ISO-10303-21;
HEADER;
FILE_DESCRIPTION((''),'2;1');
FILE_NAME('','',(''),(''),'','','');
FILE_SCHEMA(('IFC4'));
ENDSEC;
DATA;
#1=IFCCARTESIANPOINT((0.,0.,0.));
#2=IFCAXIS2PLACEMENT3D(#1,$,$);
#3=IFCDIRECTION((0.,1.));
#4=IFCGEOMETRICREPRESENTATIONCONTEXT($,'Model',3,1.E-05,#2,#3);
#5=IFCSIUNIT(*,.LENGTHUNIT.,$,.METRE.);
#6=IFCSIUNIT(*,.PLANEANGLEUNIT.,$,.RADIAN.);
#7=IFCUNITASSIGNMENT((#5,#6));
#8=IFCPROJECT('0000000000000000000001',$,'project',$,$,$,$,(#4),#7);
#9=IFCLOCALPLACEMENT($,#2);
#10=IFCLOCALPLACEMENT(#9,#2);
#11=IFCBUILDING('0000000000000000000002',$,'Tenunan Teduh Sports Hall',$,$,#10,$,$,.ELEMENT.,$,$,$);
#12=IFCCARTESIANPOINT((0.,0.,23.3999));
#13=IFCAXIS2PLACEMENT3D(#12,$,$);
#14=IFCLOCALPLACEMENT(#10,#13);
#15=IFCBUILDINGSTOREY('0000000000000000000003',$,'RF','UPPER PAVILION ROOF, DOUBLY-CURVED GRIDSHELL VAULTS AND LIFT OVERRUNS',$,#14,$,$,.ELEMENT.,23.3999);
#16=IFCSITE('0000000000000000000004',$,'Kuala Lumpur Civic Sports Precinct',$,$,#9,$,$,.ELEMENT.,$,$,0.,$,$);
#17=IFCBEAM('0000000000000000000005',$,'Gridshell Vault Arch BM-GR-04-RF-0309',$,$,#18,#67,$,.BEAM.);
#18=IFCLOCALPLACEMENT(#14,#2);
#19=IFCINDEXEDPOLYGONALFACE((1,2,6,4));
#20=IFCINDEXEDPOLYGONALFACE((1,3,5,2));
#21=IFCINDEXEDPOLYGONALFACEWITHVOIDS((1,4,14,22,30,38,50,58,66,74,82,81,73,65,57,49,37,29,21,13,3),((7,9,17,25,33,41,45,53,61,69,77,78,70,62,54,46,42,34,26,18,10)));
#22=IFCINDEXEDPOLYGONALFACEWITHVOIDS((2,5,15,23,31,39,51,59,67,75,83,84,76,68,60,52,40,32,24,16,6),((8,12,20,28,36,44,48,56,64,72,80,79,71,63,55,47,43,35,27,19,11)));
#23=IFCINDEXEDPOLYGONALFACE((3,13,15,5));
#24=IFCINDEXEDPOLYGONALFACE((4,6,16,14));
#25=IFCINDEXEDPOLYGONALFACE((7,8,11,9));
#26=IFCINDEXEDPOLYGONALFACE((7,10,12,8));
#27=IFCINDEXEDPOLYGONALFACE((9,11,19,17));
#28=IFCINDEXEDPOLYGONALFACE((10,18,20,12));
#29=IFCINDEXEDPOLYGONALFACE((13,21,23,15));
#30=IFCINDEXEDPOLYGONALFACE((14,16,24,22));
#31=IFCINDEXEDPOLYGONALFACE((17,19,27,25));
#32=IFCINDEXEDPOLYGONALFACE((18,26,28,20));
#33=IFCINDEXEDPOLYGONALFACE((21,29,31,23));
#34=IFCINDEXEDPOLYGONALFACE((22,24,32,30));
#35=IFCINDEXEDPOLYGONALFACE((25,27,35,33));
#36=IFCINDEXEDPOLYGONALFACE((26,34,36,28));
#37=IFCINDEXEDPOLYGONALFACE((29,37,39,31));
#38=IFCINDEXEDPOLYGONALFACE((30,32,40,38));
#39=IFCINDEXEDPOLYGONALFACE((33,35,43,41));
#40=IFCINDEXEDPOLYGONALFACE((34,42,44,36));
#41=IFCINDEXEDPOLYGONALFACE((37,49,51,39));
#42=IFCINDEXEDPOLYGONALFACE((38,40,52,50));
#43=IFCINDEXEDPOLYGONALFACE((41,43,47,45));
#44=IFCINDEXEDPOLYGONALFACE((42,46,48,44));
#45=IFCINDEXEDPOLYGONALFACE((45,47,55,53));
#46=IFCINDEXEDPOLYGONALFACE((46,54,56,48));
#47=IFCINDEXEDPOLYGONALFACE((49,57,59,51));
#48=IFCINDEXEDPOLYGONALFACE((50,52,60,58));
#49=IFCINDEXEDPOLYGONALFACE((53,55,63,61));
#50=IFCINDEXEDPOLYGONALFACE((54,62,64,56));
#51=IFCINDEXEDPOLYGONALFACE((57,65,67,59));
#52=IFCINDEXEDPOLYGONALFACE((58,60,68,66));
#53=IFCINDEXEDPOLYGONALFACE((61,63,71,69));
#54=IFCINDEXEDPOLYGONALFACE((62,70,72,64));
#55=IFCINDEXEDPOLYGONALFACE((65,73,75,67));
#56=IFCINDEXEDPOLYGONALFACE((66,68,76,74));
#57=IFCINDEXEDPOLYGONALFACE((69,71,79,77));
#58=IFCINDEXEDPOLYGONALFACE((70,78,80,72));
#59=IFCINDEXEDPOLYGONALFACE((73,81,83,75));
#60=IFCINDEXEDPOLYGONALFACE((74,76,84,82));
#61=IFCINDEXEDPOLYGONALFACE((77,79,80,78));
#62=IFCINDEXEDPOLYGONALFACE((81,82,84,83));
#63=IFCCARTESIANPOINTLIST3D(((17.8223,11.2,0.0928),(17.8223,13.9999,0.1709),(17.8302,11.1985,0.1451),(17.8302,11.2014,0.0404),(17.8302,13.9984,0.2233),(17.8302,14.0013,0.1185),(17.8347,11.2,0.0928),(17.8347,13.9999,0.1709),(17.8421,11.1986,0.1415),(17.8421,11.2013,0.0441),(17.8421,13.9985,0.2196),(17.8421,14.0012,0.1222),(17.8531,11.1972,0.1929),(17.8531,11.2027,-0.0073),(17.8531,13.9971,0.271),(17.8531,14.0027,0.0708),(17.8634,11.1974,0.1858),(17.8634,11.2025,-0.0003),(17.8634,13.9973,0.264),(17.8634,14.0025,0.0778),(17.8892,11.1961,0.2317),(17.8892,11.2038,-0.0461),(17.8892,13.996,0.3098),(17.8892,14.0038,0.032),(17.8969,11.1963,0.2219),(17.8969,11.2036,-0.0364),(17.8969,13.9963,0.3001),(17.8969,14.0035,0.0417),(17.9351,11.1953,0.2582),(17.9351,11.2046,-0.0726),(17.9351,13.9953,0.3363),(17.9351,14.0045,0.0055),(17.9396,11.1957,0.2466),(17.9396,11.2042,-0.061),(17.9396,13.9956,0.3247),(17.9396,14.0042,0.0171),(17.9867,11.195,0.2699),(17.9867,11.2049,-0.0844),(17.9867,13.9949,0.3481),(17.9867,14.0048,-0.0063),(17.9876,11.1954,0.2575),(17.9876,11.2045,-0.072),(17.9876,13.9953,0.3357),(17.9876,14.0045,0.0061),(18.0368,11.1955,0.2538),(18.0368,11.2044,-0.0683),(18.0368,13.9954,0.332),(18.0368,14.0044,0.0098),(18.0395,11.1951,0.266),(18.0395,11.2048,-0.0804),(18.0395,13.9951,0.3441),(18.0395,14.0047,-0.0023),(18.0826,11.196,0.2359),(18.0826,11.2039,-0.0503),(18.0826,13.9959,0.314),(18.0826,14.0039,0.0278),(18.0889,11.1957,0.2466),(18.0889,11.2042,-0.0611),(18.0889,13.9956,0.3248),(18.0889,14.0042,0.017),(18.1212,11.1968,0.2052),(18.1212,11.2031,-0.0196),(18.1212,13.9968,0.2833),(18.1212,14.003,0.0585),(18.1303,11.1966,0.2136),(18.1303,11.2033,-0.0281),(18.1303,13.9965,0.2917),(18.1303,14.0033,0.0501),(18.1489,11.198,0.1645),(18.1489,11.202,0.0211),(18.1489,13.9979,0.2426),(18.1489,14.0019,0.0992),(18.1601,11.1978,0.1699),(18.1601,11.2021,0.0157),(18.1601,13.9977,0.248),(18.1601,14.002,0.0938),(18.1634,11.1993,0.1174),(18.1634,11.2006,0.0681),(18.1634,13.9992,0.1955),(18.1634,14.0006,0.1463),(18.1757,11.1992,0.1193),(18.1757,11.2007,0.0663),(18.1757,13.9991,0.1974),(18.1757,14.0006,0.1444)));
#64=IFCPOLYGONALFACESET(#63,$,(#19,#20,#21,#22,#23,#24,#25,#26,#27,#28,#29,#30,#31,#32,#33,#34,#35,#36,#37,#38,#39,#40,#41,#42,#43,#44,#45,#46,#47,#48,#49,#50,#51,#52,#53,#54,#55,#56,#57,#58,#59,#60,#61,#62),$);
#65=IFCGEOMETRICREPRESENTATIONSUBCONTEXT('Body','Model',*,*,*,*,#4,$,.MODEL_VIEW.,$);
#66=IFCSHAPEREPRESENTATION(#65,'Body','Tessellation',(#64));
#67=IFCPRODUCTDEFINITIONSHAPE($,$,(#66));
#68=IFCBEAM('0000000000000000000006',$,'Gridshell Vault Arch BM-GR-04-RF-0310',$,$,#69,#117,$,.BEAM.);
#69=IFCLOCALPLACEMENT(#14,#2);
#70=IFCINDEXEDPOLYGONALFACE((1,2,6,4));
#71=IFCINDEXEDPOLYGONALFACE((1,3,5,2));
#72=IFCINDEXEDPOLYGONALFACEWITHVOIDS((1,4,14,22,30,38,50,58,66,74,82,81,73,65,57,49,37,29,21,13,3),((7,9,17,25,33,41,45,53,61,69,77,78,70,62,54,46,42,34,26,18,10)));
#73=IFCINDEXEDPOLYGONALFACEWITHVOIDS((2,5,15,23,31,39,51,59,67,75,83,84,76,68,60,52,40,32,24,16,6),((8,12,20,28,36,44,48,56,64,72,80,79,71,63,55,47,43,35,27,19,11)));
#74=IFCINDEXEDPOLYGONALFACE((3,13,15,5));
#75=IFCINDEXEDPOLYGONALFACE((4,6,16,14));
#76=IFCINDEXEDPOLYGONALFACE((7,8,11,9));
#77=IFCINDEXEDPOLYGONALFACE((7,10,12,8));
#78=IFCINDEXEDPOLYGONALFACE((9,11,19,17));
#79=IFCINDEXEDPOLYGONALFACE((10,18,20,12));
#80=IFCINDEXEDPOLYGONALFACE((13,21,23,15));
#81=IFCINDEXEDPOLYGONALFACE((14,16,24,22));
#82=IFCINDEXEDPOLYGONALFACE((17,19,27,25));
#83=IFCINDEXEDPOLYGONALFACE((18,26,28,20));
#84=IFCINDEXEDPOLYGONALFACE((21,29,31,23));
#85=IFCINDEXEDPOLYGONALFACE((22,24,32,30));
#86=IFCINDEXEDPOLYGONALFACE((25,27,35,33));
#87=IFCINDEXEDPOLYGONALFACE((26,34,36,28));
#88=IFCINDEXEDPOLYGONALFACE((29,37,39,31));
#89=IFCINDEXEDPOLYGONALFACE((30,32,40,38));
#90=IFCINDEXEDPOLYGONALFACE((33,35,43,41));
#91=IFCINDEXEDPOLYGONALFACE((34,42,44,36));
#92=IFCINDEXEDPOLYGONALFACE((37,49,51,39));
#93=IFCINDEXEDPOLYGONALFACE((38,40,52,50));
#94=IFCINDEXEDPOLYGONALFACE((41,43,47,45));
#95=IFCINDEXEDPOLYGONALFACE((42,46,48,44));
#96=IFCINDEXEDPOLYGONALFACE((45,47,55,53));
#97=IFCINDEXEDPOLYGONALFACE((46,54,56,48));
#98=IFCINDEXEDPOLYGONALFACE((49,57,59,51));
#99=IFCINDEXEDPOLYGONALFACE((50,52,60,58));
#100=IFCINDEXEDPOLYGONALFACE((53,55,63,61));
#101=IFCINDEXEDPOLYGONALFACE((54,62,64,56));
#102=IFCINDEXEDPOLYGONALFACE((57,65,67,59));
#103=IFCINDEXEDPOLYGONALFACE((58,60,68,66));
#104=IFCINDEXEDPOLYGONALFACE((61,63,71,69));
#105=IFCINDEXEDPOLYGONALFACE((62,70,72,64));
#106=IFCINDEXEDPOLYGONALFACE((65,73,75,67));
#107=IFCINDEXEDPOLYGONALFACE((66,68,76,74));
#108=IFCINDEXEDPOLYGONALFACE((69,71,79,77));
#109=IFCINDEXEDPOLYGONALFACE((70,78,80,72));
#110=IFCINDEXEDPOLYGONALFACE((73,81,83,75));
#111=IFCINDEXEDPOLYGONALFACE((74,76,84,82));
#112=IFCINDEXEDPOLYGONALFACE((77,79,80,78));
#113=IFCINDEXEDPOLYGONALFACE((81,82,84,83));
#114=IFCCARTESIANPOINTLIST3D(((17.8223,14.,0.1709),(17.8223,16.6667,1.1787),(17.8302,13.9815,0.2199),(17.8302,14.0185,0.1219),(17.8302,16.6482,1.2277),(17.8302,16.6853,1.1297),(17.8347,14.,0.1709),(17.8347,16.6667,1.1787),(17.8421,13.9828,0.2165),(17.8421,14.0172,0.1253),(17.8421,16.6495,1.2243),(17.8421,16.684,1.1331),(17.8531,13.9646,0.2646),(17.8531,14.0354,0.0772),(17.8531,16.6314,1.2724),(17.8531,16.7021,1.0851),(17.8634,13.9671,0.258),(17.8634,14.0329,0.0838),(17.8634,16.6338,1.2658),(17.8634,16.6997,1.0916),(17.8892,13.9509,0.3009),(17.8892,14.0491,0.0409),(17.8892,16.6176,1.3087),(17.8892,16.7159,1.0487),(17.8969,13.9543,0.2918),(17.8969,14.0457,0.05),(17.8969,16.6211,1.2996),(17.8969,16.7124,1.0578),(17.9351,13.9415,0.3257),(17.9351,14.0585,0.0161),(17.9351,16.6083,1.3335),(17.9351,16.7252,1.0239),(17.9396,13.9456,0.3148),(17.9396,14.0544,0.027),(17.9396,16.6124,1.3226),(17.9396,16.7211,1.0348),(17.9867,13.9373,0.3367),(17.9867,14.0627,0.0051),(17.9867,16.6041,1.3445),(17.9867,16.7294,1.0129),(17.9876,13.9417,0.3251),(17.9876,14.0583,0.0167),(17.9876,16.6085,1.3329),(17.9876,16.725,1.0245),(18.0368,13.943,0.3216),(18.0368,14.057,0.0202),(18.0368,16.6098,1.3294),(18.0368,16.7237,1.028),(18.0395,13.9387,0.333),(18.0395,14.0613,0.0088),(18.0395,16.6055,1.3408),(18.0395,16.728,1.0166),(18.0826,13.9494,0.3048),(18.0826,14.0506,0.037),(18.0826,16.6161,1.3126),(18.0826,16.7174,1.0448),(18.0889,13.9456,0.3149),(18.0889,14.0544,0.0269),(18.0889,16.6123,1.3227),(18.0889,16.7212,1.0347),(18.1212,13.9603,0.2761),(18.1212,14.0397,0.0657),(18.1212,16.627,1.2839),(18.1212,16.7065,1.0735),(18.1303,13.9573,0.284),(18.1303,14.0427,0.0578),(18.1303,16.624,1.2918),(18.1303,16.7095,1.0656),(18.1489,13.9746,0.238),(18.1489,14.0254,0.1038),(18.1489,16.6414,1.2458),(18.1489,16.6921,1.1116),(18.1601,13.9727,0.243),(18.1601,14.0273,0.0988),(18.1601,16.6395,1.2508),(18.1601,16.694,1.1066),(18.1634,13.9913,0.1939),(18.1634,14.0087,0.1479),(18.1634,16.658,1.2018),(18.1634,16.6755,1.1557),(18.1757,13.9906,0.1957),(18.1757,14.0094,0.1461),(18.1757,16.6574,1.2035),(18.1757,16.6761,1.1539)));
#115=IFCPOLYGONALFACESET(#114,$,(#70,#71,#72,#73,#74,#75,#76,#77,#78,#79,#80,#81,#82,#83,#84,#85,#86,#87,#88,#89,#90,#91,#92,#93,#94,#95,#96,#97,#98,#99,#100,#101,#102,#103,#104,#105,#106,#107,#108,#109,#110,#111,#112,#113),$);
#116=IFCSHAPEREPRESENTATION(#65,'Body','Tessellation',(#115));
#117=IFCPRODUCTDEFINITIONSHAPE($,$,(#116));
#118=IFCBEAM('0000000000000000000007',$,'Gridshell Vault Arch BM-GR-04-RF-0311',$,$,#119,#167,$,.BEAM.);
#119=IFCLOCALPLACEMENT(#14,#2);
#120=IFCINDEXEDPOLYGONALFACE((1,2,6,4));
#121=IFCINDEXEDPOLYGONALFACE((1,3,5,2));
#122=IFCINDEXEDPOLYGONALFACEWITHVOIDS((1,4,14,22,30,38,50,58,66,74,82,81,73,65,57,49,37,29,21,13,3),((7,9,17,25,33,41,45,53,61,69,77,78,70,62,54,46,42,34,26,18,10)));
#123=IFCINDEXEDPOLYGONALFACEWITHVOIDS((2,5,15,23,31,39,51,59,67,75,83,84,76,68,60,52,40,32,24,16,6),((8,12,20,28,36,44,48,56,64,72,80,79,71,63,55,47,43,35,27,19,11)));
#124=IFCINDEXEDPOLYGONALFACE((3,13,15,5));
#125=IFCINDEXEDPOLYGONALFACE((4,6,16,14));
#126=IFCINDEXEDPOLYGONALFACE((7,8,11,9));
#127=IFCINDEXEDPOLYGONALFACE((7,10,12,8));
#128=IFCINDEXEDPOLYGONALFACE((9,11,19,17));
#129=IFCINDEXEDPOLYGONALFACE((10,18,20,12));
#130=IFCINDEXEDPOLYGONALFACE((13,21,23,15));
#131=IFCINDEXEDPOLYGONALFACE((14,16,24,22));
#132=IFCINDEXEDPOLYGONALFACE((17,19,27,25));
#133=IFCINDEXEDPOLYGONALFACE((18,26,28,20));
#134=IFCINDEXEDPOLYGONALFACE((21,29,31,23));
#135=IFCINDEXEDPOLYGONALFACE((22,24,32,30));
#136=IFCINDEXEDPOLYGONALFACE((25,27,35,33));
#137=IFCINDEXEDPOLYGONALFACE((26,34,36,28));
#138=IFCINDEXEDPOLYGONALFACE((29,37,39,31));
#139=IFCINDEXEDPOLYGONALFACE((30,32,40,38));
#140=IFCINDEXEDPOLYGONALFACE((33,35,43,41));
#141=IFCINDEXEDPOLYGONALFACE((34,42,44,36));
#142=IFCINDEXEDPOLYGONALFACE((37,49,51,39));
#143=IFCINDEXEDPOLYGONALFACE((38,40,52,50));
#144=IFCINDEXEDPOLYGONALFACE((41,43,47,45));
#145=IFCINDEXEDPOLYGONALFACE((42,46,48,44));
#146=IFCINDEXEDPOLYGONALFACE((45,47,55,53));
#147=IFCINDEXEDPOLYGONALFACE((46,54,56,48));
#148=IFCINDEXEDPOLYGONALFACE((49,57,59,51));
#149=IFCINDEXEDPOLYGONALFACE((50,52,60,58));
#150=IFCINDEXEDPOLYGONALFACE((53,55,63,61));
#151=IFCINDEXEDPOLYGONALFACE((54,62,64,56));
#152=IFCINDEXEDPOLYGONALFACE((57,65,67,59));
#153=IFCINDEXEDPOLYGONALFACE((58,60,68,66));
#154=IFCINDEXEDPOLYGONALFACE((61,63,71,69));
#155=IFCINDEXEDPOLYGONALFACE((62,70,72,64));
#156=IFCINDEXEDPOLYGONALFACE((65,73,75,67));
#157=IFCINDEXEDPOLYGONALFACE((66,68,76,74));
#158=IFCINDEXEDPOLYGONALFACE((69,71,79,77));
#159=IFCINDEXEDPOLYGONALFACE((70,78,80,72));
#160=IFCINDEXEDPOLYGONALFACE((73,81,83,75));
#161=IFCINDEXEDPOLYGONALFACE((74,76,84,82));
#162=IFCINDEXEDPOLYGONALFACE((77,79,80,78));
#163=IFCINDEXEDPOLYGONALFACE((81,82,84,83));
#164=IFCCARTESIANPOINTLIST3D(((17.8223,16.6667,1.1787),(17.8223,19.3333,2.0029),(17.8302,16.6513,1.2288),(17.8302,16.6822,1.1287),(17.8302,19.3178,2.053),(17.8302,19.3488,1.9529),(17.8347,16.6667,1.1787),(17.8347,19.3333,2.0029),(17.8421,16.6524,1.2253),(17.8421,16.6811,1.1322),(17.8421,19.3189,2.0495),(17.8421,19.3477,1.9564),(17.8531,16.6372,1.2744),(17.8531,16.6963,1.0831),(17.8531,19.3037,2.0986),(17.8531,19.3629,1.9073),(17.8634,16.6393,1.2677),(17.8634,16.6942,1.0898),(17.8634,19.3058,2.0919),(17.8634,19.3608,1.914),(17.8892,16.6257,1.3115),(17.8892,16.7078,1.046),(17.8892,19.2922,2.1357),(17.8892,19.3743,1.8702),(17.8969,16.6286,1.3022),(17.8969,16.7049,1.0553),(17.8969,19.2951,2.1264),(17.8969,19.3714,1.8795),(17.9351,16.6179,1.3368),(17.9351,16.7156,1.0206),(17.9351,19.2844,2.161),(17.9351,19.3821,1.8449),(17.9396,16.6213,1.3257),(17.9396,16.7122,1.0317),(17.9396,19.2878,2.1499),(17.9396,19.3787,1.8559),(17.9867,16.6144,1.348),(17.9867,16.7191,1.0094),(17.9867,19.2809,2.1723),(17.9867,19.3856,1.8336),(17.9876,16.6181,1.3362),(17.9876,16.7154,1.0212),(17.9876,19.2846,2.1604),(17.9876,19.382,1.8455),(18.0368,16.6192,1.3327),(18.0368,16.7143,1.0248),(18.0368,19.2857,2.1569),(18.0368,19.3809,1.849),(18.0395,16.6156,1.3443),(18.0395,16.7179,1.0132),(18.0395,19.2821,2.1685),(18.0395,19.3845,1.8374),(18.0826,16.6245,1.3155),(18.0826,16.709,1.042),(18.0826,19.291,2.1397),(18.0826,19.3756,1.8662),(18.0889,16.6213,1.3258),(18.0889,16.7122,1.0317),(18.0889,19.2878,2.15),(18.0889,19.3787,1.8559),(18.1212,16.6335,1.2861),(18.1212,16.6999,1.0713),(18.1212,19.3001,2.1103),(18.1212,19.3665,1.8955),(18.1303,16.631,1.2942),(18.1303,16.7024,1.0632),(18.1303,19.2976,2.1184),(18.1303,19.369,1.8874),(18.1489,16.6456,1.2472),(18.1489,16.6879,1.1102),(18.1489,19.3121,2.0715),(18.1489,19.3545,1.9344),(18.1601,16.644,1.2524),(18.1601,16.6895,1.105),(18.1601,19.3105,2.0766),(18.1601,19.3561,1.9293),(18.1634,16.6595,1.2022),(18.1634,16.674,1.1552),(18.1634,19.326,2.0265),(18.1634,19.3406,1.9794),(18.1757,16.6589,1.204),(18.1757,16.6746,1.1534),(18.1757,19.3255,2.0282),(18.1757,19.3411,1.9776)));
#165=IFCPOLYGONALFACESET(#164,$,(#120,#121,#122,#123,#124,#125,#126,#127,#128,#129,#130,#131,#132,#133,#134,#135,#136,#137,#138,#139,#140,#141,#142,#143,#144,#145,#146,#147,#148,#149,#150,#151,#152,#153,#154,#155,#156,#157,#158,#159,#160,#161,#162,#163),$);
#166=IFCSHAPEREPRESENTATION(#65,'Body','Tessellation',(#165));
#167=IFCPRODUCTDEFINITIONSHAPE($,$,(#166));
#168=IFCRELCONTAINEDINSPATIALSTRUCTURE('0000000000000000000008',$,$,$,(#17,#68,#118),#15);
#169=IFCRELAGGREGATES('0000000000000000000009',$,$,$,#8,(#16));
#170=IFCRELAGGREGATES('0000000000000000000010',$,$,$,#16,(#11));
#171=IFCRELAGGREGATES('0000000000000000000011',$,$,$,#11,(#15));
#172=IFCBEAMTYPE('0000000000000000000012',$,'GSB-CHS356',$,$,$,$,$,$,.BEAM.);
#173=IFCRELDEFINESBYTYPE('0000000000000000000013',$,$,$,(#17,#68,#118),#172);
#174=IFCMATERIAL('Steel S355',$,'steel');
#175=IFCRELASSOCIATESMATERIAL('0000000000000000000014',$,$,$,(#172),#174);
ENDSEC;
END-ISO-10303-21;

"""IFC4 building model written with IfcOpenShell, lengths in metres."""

from ifc_helpers import new_model, si_unit, direction, frame, origin, origin_2d, place, context, subcontext, project, spatial, hollow_circle, extrude, material, material_profile, profile_set, type_object, element, save


model = new_model("IFC4")

# Units and contexts
model_context = context("Model", 3, precision=1e-05, world=origin(), true_north=direction((0.0, 1.0)))
body_context = subcontext(model_context, "Body", "Model", "MODEL_VIEW")
ifc_project = project(units=[si_unit("LENGTHUNIT", "METRE"), si_unit("PLANEANGLEUNIT", "RADIAN")], contexts=[model_context])

# Site, building, storey
site_placement = place(None, origin())
site = spatial("IfcSite", under=ifc_project, at=site_placement, Name="Kuala Lumpur Civic Sports Precinct", CompositionType="ELEMENT", RefElevation=0.0)
building_placement = place(site_placement, origin())
building = spatial("IfcBuilding", under=site, at=building_placement, Name="Tenunan Teduh Sports Hall", CompositionType="ELEMENT")
storey_placement = place(building_placement, frame((0.0, 0.0, 23.3999)))
storey = spatial("IfcBuildingStorey", under=building, at=storey_placement, Name="RF", Description="UPPER PAVILION ROOF, DOUBLY-CURVED GRIDSHELL VAULTS AND LIFT OVERRUNS", CompositionType="ELEMENT", Elevation=23.3999)

# Beams
ifc_material_1 = material(Name="Steel S355", Category="steel")
ifc_material_profile_1 = material_profile(ifc_material_1, hollow_circle(Radius=0.1777, WallThickness=0.0125, at=origin_2d()), Name="CHS 355.6x12.5")
ifc_profile_set_1 = profile_set([ifc_material_profile_1], Name="Steel S355")
beam_type_1 = type_object("IfcBeamType", Name="GSB-CHS356", PredefinedType="BEAM", material=ifc_profile_set_1)
beam_1_placement = place(storey_placement, frame((18.0, 11.2, 0.0928), z_axis=(0.0, 0.999611, 0.02789), x_axis=(-1.0, 0.0, 0.0)))
element("IfcBeam", 1, at=beam_1_placement, inside=storey, type_object=beam_type_1, Name="Gridshell Vault Arch BM-GR-04-RF-0309", PredefinedType="BEAM", context=body_context, shape_type="SweptSolid", body=[
    extrude(hollow_circle(Radius=0.1777, WallThickness=0.0125, at=origin_2d()), origin(), (0.0, 0.0, 1.0), 2.801),
])
beam_2_placement = place(storey_placement, frame((18.0, 14.0, 0.1709), z_axis=(0.0, 0.935429, 0.353515), x_axis=(-1.0, 0.0, 0.0)))
element("IfcBeam", 2, at=beam_2_placement, inside=storey, type_object=beam_type_1, Name="Gridshell Vault Arch BM-GR-04-RF-0310", PredefinedType="BEAM", context=body_context, shape_type="SweptSolid", body=[
    extrude(hollow_circle(Radius=0.1777, WallThickness=0.0125, at=origin_2d()), origin(), (0.0, 0.0, 1.0), 2.8508),
])
beam_3_placement = place(storey_placement, frame((18.0, 16.6667, 1.1787), z_axis=(0.0, 0.9554, 0.295315), x_axis=(-1.0, 0.0, 0.0)))
element("IfcBeam", 3, at=beam_3_placement, inside=storey, type_object=beam_type_1, Name="Gridshell Vault Arch BM-GR-04-RF-0311", PredefinedType="BEAM", context=body_context, shape_type="SweptSolid", body=[
    extrude(hollow_circle(Radius=0.1777, WallThickness=0.0125, at=origin_2d()), origin(), (0.0, 0.0, 1.0), 2.791),
])

save(model, "model.ifc")
